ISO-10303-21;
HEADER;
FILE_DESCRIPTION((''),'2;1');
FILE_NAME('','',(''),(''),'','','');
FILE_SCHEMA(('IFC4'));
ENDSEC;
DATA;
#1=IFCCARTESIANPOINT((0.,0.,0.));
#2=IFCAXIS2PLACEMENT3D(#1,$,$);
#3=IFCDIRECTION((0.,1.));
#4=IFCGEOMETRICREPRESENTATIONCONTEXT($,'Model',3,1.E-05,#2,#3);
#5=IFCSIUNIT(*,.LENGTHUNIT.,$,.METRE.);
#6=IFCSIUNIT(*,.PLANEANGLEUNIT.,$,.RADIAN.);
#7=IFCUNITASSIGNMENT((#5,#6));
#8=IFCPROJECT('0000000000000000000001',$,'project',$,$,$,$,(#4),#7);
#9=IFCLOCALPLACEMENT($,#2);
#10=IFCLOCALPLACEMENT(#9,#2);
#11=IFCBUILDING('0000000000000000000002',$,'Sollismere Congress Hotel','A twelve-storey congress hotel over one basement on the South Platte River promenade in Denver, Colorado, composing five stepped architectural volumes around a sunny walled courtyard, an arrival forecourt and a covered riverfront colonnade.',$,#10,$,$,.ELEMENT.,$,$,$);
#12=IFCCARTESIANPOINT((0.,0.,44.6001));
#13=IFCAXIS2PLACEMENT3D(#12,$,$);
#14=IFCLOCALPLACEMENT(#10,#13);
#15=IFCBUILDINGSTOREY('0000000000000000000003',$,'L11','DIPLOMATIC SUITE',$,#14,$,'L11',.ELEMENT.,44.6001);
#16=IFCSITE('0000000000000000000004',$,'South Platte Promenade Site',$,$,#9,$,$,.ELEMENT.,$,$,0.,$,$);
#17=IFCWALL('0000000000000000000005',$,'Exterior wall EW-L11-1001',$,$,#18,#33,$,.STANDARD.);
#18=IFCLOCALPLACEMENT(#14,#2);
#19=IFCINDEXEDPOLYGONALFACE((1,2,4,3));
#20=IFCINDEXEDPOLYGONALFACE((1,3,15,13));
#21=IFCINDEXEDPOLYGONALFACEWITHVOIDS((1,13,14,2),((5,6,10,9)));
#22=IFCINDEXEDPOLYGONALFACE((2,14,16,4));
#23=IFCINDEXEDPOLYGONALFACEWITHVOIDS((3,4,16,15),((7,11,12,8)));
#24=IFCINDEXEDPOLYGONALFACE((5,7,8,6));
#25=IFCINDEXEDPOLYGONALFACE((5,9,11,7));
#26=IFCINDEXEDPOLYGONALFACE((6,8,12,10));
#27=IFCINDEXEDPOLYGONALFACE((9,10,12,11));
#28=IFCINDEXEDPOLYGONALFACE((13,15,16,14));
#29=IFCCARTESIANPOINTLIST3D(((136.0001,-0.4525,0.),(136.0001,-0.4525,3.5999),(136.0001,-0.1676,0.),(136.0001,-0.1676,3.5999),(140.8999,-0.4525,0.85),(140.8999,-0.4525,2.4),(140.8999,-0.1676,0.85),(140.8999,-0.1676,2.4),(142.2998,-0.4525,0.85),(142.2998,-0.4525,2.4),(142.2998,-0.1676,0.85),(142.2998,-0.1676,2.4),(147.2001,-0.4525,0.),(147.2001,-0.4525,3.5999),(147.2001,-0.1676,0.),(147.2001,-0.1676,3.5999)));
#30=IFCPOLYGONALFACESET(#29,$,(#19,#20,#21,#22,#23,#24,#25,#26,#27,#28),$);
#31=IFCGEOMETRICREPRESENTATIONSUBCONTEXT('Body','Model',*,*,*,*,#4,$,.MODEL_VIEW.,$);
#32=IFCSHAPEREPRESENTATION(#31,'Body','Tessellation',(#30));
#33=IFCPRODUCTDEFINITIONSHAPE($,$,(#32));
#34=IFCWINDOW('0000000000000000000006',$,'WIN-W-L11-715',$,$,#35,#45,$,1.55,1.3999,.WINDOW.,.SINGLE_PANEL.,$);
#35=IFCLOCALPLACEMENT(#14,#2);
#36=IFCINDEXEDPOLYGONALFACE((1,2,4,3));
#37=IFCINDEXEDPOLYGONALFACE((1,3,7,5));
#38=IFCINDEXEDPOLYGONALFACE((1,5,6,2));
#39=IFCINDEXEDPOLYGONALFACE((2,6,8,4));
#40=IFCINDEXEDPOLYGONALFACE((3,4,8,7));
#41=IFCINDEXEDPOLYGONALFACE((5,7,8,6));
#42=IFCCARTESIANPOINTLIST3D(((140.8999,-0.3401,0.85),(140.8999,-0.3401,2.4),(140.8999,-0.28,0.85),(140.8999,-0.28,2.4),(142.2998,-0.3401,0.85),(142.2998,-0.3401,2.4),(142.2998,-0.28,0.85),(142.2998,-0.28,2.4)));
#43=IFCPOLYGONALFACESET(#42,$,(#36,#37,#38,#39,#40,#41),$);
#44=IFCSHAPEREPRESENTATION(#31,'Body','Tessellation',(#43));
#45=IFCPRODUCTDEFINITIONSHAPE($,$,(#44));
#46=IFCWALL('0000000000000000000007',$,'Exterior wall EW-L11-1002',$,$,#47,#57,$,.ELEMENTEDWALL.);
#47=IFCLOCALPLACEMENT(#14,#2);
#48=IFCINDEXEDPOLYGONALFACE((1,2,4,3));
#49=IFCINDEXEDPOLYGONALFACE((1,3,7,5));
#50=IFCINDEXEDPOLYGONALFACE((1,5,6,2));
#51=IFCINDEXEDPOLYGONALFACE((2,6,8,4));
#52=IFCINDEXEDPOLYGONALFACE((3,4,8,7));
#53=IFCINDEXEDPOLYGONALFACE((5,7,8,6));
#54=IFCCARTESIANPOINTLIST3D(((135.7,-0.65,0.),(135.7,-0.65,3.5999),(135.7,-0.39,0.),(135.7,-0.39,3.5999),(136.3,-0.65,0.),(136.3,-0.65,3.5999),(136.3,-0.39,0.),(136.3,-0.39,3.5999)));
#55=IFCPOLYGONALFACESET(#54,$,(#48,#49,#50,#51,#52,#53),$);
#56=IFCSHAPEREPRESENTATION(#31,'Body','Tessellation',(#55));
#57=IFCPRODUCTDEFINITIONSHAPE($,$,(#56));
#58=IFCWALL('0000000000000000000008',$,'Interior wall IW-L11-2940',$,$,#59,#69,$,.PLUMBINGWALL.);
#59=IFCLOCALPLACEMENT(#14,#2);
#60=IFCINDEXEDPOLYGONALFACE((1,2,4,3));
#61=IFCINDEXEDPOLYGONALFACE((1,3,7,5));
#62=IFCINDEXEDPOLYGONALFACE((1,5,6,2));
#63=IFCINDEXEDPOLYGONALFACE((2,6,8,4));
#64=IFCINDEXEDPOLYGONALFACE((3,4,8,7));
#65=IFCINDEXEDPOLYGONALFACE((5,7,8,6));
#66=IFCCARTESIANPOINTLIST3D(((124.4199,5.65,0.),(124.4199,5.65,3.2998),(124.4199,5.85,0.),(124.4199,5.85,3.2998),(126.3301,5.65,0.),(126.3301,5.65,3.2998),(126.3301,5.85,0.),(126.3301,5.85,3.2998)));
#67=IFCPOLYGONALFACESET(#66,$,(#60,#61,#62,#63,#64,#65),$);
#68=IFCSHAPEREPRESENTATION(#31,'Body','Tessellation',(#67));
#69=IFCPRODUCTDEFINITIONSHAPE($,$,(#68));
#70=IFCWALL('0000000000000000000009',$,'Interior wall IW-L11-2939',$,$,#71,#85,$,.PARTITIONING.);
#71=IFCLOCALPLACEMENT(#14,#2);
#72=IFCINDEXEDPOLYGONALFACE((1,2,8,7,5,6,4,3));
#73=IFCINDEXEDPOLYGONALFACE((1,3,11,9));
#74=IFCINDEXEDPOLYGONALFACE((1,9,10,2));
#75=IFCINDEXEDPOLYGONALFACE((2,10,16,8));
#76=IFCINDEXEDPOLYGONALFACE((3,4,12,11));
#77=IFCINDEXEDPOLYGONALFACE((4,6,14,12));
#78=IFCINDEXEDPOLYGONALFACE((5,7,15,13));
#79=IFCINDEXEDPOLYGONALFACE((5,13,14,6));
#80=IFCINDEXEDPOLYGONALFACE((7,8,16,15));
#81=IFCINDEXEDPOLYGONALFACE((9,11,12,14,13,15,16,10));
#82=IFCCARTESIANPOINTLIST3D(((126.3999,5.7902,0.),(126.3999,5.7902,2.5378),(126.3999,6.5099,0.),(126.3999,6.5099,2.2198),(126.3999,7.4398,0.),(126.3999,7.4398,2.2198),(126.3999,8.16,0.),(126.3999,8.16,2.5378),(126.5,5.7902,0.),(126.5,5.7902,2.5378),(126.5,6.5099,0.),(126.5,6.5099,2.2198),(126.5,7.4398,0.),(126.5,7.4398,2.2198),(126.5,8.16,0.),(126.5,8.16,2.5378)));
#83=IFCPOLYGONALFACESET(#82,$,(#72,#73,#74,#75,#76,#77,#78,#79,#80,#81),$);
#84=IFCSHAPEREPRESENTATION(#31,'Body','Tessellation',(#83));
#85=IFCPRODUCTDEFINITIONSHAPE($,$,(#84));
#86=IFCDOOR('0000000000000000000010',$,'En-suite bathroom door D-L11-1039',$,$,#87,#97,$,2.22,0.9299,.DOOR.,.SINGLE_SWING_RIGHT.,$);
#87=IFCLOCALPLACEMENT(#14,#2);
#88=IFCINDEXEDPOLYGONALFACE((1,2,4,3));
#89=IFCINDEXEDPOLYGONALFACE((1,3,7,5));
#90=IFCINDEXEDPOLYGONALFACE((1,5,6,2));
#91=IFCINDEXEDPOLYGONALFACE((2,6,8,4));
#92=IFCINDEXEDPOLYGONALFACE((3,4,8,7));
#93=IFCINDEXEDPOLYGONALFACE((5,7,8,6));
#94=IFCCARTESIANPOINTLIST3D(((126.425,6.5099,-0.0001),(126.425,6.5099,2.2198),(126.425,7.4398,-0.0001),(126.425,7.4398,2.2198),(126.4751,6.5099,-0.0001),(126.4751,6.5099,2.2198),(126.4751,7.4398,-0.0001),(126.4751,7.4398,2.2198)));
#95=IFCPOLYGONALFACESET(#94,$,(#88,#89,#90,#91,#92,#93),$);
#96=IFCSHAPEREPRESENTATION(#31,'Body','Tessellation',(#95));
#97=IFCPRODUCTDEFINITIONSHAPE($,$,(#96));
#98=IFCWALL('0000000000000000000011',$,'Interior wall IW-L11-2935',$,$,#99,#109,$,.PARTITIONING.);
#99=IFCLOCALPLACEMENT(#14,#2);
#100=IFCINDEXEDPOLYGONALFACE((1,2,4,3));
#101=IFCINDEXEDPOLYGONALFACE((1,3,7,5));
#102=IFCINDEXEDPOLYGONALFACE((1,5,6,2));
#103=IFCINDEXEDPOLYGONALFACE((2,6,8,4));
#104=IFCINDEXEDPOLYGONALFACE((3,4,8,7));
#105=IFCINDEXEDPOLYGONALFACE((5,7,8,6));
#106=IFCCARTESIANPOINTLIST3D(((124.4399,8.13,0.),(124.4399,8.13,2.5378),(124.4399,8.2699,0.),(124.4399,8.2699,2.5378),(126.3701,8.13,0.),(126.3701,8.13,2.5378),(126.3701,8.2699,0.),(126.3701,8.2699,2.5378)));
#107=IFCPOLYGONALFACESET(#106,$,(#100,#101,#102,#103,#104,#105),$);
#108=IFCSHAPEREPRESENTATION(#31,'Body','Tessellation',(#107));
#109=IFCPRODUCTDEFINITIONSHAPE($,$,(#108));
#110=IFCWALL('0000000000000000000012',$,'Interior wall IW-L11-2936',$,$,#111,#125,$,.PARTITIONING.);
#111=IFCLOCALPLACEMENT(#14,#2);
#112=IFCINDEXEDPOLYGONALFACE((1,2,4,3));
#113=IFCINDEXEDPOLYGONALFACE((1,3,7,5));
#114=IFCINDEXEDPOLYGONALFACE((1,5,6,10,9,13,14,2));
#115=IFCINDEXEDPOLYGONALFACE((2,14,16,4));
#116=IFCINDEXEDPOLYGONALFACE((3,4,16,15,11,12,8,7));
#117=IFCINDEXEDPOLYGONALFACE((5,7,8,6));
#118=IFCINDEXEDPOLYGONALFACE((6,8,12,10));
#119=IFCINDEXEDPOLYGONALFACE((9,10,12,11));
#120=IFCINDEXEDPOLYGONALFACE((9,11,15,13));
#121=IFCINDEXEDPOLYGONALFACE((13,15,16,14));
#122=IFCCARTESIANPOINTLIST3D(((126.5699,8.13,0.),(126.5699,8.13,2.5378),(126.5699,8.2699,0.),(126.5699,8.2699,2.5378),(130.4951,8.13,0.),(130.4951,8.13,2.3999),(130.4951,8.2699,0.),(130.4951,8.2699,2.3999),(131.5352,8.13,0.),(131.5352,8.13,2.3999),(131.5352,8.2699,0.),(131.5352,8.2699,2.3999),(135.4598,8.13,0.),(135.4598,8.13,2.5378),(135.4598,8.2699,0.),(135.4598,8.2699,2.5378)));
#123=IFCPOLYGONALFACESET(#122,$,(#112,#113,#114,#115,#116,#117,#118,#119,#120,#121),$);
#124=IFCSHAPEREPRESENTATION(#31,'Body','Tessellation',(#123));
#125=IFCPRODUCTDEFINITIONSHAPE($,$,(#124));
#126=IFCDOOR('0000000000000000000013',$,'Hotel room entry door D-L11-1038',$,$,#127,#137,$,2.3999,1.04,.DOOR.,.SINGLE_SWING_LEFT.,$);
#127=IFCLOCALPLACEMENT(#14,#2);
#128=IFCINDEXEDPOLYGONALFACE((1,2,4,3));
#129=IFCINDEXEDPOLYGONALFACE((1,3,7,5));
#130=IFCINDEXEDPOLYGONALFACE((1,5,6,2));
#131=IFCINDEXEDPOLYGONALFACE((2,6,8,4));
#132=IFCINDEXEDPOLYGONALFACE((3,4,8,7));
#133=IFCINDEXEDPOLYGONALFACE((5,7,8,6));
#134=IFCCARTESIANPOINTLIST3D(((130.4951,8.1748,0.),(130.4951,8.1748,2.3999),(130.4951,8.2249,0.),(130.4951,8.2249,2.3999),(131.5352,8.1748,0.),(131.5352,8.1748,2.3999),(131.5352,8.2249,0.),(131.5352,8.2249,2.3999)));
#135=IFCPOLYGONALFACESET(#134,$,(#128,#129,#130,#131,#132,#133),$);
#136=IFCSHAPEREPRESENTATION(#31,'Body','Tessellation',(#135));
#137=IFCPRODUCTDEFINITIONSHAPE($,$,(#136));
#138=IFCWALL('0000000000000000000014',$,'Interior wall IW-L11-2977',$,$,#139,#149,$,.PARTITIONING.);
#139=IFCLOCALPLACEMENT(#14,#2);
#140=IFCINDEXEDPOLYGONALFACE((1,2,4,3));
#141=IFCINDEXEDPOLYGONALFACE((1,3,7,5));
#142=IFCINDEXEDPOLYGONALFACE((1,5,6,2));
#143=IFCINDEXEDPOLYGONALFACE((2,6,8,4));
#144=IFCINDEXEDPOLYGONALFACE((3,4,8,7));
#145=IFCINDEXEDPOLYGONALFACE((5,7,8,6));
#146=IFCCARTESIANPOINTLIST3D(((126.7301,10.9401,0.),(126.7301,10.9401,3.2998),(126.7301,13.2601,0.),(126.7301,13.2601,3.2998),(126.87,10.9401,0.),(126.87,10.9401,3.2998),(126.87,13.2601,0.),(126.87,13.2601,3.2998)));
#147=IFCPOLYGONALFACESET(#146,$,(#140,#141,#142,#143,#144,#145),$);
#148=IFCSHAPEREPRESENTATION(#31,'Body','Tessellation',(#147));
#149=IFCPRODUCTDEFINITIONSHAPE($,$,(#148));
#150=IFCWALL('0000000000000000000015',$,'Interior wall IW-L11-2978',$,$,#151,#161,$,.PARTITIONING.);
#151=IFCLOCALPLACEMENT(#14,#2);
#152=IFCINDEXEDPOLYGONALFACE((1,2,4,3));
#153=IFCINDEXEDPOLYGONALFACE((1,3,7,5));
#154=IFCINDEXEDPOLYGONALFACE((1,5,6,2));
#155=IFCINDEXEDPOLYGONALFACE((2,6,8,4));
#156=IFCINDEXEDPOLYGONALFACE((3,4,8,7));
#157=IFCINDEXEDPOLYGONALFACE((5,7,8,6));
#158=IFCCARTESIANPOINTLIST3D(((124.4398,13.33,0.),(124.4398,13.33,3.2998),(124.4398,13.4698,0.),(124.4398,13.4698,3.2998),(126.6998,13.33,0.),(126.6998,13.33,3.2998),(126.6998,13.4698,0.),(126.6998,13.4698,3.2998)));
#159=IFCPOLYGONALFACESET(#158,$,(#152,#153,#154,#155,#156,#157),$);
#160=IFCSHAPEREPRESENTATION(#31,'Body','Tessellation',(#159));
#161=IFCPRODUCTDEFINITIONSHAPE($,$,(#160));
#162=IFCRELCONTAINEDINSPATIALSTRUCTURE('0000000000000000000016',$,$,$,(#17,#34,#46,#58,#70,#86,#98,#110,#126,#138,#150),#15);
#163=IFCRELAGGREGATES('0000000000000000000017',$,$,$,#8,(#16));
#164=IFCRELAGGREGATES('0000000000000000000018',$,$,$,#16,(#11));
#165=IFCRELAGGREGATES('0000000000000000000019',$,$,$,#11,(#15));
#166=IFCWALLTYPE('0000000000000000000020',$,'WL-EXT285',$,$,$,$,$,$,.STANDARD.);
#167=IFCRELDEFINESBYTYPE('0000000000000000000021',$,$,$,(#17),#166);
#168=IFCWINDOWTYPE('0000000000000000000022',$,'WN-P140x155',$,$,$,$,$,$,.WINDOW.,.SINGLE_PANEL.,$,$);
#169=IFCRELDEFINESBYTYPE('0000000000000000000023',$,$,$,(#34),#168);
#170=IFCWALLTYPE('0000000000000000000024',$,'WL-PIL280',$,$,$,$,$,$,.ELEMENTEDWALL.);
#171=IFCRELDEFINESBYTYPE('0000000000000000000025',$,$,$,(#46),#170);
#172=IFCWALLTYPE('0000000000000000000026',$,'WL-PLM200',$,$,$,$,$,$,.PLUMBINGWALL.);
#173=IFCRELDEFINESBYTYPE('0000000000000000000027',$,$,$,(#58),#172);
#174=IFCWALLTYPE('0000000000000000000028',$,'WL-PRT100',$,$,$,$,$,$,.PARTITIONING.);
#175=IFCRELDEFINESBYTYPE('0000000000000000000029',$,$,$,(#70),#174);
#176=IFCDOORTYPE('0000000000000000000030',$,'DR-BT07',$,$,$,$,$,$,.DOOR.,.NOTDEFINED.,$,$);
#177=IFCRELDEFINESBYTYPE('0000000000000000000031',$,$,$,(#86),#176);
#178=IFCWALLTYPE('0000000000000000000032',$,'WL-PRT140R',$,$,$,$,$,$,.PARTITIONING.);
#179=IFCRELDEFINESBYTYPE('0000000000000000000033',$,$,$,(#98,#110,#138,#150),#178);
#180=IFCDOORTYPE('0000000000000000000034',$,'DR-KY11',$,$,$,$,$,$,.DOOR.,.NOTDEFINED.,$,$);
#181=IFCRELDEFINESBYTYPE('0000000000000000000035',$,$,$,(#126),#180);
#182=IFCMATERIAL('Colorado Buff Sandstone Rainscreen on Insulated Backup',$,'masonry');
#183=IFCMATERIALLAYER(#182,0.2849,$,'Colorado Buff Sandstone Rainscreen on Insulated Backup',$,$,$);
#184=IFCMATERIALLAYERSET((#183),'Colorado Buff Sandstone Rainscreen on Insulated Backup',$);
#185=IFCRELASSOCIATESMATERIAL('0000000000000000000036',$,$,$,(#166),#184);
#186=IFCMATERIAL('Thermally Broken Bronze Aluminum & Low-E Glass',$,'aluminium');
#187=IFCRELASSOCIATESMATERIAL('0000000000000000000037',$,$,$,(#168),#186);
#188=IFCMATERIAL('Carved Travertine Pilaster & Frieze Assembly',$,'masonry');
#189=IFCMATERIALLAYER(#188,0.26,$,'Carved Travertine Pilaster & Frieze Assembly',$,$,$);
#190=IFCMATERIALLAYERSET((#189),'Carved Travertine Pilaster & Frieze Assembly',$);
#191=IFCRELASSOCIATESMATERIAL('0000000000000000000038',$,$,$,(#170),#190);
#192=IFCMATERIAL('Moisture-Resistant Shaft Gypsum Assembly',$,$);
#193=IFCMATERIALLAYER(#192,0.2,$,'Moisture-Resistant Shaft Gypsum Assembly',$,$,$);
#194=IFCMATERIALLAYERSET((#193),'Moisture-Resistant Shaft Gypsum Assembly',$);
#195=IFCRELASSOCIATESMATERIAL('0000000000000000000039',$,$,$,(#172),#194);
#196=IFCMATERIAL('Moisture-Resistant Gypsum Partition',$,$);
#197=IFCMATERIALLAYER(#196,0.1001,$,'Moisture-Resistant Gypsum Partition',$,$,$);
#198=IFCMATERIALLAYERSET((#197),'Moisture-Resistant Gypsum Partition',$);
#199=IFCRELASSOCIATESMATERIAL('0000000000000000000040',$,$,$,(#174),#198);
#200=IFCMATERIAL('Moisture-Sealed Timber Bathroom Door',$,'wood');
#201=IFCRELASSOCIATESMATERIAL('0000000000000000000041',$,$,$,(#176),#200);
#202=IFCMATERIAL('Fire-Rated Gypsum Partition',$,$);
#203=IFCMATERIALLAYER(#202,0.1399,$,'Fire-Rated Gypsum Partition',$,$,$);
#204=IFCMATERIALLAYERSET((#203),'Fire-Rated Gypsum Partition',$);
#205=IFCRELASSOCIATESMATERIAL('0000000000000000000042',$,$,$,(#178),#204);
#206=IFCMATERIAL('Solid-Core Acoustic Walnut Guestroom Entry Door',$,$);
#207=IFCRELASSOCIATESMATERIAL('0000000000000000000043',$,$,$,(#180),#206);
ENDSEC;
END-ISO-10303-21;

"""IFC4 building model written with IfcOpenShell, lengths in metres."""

from ifc_helpers import new_model, si_unit, direction, frame, frame_2d, origin, place, context, subcontext, project, spatial, rectangle, extrude, material, layer, layer_set, type_object, element, fill, save


model = new_model("IFC4")

# Units and contexts
model_context = context("Model", 3, precision=1e-05, world=origin(), true_north=direction((0.0, 1.0)))
body_context = subcontext(model_context, "Body", "Model", "MODEL_VIEW")
ifc_project = project(units=[si_unit("LENGTHUNIT", "METRE"), si_unit("PLANEANGLEUNIT", "RADIAN")], contexts=[model_context])

# Site, building, storey
site_placement = place(None, origin())
site = spatial("IfcSite", under=ifc_project, at=site_placement, Name="South Platte Promenade Site", CompositionType="ELEMENT", RefElevation=0.0)
building_placement = place(site_placement, origin())
building = spatial("IfcBuilding", under=site, at=building_placement, Name="Sollismere Congress Hotel", Description="A twelve-storey congress hotel over one basement on the South Platte River promenade in Denver, Colorado, composing five stepped architectural volumes around a sunny walled courtyard, an arrival forecourt and a covered riverfront colonnade.", CompositionType="ELEMENT")
storey_placement = place(building_placement, frame((0.0, 0.0, 44.6001)))
storey = spatial("IfcBuildingStorey", under=building, at=storey_placement, Name="L11", Description="DIPLOMATIC SUITE", LongName="L11", CompositionType="ELEMENT", Elevation=44.6001)

# Wall, opening, window
ifc_material_1 = material(Name="Colorado Buff Sandstone Rainscreen on Insulated Backup", Category="masonry")
ifc_layer_1 = layer(ifc_material_1, 0.2849, Name="Colorado Buff Sandstone Rainscreen on Insulated Backup")
ifc_layer_set_1 = layer_set([ifc_layer_1], Name="Colorado Buff Sandstone Rainscreen on Insulated Backup")
wall_type_1 = type_object("IfcWallType", Name="WL-EXT285", PredefinedType="STANDARD", material=ifc_layer_set_1)
wall_1_placement = place(storey_placement, frame((136.0, -0.3101, 0.0), z_axis=(0.0, 0.0, 1.0), x_axis=(1.0, 0.0, 0.0)))
wall_1 = element("IfcWall", 1, at=wall_1_placement, inside=storey, type_object=wall_type_1, Name="Exterior wall EW-L11-1001", PredefinedType="STANDARD", context=body_context, shape_type="SweptSolid", body=[
    extrude(rectangle(XDim=11.2, YDim=0.2849, at=frame_2d((5.6001, 0.0))), origin(), (0.0, 0.0, 1.0), 3.5999),
])
opening_1_placement = place(wall_1_placement, frame((4.8999, 0.0, 0.8501)))
opening_1 = element("IfcOpeningElement", 2, at=opening_1_placement, cuts=wall_1, PredefinedType="OPENING", context=body_context, shape_type="SweptSolid", body=[
    extrude(rectangle(XDim=1.3999, YDim=1.55, at=frame_2d((0.7, 0.7749))), frame((0.0, 0.1523, 0.0), z_axis=(0.0, -1.0, 0.0), x_axis=(1.0, 0.0, 0.0)), (0.0, 0.0, 1.0), 0.3049),
])
ifc_material_2 = material(Name="Thermally Broken Bronze Aluminum & Low-E Glass", Category="aluminium")
window_type = type_object("IfcWindowType", Name="WN-P140x155", PartitioningType="SINGLE_PANEL", PredefinedType="WINDOW", material=ifc_material_2)
window_placement = place(opening_1_placement, origin())
window = element("IfcWindow", 3, at=window_placement, inside=storey, type_object=window_type, Name="WIN-W-L11-715", OverallHeight=1.55, OverallWidth=1.3999, PartitioningType="SINGLE_PANEL", PredefinedType="WINDOW", context=body_context, shape_type="SweptSolid", body=[
    extrude(rectangle(XDim=1.3999, YDim=1.55, at=frame_2d((0.7, 0.7749))), frame((0.0, 0.03, 0.0), z_axis=(0.0, -1.0, 0.0), x_axis=(1.0, 0.0, 0.0)), (0.0, 0.0, 1.0), 0.0601),
])
fill(opening_1, window)

# Walls
ifc_material_3 = material(Name="Carved Travertine Pilaster & Frieze Assembly", Category="masonry")
ifc_layer_2 = layer(ifc_material_3, 0.26, Name="Carved Travertine Pilaster & Frieze Assembly")
ifc_layer_set_2 = layer_set([ifc_layer_2], Name="Carved Travertine Pilaster & Frieze Assembly")
wall_type_2 = type_object("IfcWallType", Name="WL-PIL280", PredefinedType="ELEMENTEDWALL", material=ifc_layer_set_2)
wall_2_placement = place(storey_placement, frame((135.7, -0.52, 0.0), z_axis=(0.0, 0.0, 1.0), x_axis=(1.0, 0.0, 0.0)))
element("IfcWall", 4, at=wall_2_placement, inside=storey, type_object=wall_type_2, Name="Exterior wall EW-L11-1002", PredefinedType="ELEMENTEDWALL", context=body_context, shape_type="SweptSolid", body=[
    extrude(rectangle(XDim=0.6001, YDim=0.26, at=frame_2d((0.3, 0.0))), origin(), (0.0, 0.0, 1.0), 3.5999),
])
ifc_material_4 = material(Name="Moisture-Resistant Shaft Gypsum Assembly")
ifc_layer_3 = layer(ifc_material_4, 0.2, Name="Moisture-Resistant Shaft Gypsum Assembly")
ifc_layer_set_3 = layer_set([ifc_layer_3], Name="Moisture-Resistant Shaft Gypsum Assembly")
wall_type_3 = type_object("IfcWallType", Name="WL-PLM200", PredefinedType="PLUMBINGWALL", material=ifc_layer_set_3)
wall_3_placement = place(storey_placement, frame((124.4199, 5.75, 0.0), z_axis=(0.0, 0.0, 1.0), x_axis=(1.0, 0.0, 0.0)))
element("IfcWall", 5, at=wall_3_placement, inside=storey, type_object=wall_type_3, Name="Interior wall IW-L11-2940", PredefinedType="PLUMBINGWALL", context=body_context, shape_type="SweptSolid", body=[
    extrude(rectangle(XDim=1.9102, YDim=0.2, at=frame_2d((0.9551, 0.0))), origin(), (0.0, 0.0, 1.0), 3.2998),
])

# Wall, opening, door
ifc_material_5 = material(Name="Moisture-Resistant Gypsum Partition")
ifc_layer_4 = layer(ifc_material_5, 0.1001, Name="Moisture-Resistant Gypsum Partition")
ifc_layer_set_4 = layer_set([ifc_layer_4], Name="Moisture-Resistant Gypsum Partition")
wall_type_4 = type_object("IfcWallType", Name="WL-PRT100", PredefinedType="PARTITIONING", material=ifc_layer_set_4)
wall_4_placement = place(storey_placement, frame((126.45, 5.79, 0.0), z_axis=(0.0, 0.0, 1.0), x_axis=(0.0, 1.0, 0.0)))
wall_4 = element("IfcWall", 6, at=wall_4_placement, inside=storey, type_object=wall_type_4, Name="Interior wall IW-L11-2939", PredefinedType="PARTITIONING", context=body_context, shape_type="SweptSolid", body=[
    extrude(rectangle(XDim=2.3699, YDim=0.1001, at=frame_2d((1.1851, 0.0))), origin(), (0.0, 0.0, 1.0), 2.5378),
])
opening_2_placement = place(wall_4_placement, frame((0.72, 0.0, 0.0)))
opening_2 = element("IfcOpeningElement", 7, at=opening_2_placement, cuts=wall_4, PredefinedType="OPENING", context=body_context, shape_type="SweptSolid", body=[
    extrude(rectangle(XDim=0.9299, YDim=2.22, at=frame_2d((0.4648, 1.1099))), frame((0.0, 0.0601, 0.0), z_axis=(0.0, -1.0, 0.0), x_axis=(1.0, 0.0, 0.0)), (0.0, 0.0, 1.0), 0.1201),
])
ifc_material_6 = material(Name="Moisture-Sealed Timber Bathroom Door", Category="wood")
door_type_1 = type_object("IfcDoorType", Name="DR-BT07", OperationType="NOTDEFINED", PredefinedType="DOOR", material=ifc_material_6)
door_1_placement = place(opening_2_placement, origin())
door_1 = element("IfcDoor", 8, at=door_1_placement, inside=storey, type_object=door_type_1, Name="En-suite bathroom door D-L11-1039", OperationType="SINGLE_SWING_RIGHT", OverallHeight=2.22, OverallWidth=0.9299, PredefinedType="DOOR", context=body_context, shape_type="SweptSolid", body=[
    extrude(rectangle(XDim=0.9299, YDim=2.22, at=frame_2d((0.4648, 1.1099))), frame((0.0, 0.0249, 0.0), z_axis=(0.0, -1.0, 0.0), x_axis=(1.0, 0.0, 0.0)), (0.0, 0.0, 1.0), 0.05),
])
fill(opening_2, door_1)

# Wall
ifc_material_7 = material(Name="Fire-Rated Gypsum Partition")
ifc_layer_5 = layer(ifc_material_7, 0.1399, Name="Fire-Rated Gypsum Partition")
ifc_layer_set_5 = layer_set([ifc_layer_5], Name="Fire-Rated Gypsum Partition")
wall_type_5 = type_object("IfcWallType", Name="WL-PRT140R", PredefinedType="PARTITIONING", material=ifc_layer_set_5)
wall_5_placement = place(storey_placement, frame((124.4399, 8.2, 0.0), z_axis=(0.0, 0.0, 1.0), x_axis=(1.0, 0.0, 0.0)))
element("IfcWall", 9, at=wall_5_placement, inside=storey, type_object=wall_type_5, Name="Interior wall IW-L11-2935", PredefinedType="PARTITIONING", context=body_context, shape_type="SweptSolid", body=[
    extrude(rectangle(XDim=1.9302, YDim=0.1399, at=frame_2d((0.9651, 0.0))), origin(), (0.0, 0.0, 1.0), 2.5378),
])

# Wall, opening, door
wall_6_placement = place(storey_placement, frame((126.5701, 8.2, 0.0), z_axis=(0.0, 0.0, 1.0), x_axis=(1.0, 0.0, 0.0)))
wall_6 = element("IfcWall", 10, at=wall_6_placement, inside=storey, type_object=wall_type_5, Name="Interior wall IW-L11-2936", PredefinedType="PARTITIONING", context=body_context, shape_type="SweptSolid", body=[
    extrude(rectangle(XDim=8.8899, YDim=0.1399, at=frame_2d((4.4448, 0.0))), origin(), (0.0, 0.0, 1.0), 2.5378),
])
opening_3_placement = place(wall_6_placement, frame((3.925, 0.0, 0.0)))
opening_3 = element("IfcOpeningElement", 11, at=opening_3_placement, cuts=wall_6, PredefinedType="OPENING", context=body_context, shape_type="SweptSolid", body=[
    extrude(rectangle(XDim=1.04, YDim=2.3999, at=frame_2d((0.52, 1.2))), frame((0.0, 0.0798, 0.0), z_axis=(0.0, -1.0, 0.0), x_axis=(1.0, 0.0, 0.0)), (0.0, 0.0, 1.0), 0.1599),
])
ifc_material_8 = material(Name="Solid-Core Acoustic Walnut Guestroom Entry Door")
door_type_2 = type_object("IfcDoorType", Name="DR-KY11", OperationType="NOTDEFINED", PredefinedType="DOOR", material=ifc_material_8)
door_2_placement = place(opening_3_placement, origin())
door_2 = element("IfcDoor", 12, at=door_2_placement, inside=storey, type_object=door_type_2, Name="Hotel room entry door D-L11-1038", OperationType="SINGLE_SWING_LEFT", OverallHeight=2.3999, OverallWidth=1.04, PredefinedType="DOOR", context=body_context, shape_type="SweptSolid", body=[
    extrude(rectangle(XDim=1.04, YDim=2.3999, at=frame_2d((0.52, 1.2))), frame((0.0, 0.0249, 0.0), z_axis=(0.0, -1.0, 0.0), x_axis=(1.0, 0.0, 0.0)), (0.0, 0.0, 1.0), 0.05),
])
fill(opening_3, door_2)

# Walls
wall_7_placement = place(storey_placement, frame((126.8, 10.9399, 0.0), z_axis=(0.0, 0.0, 1.0), x_axis=(0.0, 1.0, 0.0)))
element("IfcWall", 13, at=wall_7_placement, inside=storey, type_object=wall_type_5, Name="Interior wall IW-L11-2977", PredefinedType="PARTITIONING", context=body_context, shape_type="SweptSolid", body=[
    extrude(rectangle(XDim=2.3201, YDim=0.1399, at=frame_2d((1.1602, 0.0))), origin(), (0.0, 0.0, 1.0), 3.2998),
])
wall_8_placement = place(storey_placement, frame((124.4399, 13.3999, 0.0), z_axis=(0.0, 0.0, 1.0), x_axis=(1.0, 0.0, 0.0)))
element("IfcWall", 14, at=wall_8_placement, inside=storey, type_object=wall_type_5, Name="Interior wall IW-L11-2978", PredefinedType="PARTITIONING", context=body_context, shape_type="SweptSolid", body=[
    extrude(rectangle(XDim=2.26, YDim=0.1399, at=frame_2d((1.1299, 0.0))), origin(), (0.0, 0.0, 1.0), 3.2998),
])

save(model, "model.ifc")
